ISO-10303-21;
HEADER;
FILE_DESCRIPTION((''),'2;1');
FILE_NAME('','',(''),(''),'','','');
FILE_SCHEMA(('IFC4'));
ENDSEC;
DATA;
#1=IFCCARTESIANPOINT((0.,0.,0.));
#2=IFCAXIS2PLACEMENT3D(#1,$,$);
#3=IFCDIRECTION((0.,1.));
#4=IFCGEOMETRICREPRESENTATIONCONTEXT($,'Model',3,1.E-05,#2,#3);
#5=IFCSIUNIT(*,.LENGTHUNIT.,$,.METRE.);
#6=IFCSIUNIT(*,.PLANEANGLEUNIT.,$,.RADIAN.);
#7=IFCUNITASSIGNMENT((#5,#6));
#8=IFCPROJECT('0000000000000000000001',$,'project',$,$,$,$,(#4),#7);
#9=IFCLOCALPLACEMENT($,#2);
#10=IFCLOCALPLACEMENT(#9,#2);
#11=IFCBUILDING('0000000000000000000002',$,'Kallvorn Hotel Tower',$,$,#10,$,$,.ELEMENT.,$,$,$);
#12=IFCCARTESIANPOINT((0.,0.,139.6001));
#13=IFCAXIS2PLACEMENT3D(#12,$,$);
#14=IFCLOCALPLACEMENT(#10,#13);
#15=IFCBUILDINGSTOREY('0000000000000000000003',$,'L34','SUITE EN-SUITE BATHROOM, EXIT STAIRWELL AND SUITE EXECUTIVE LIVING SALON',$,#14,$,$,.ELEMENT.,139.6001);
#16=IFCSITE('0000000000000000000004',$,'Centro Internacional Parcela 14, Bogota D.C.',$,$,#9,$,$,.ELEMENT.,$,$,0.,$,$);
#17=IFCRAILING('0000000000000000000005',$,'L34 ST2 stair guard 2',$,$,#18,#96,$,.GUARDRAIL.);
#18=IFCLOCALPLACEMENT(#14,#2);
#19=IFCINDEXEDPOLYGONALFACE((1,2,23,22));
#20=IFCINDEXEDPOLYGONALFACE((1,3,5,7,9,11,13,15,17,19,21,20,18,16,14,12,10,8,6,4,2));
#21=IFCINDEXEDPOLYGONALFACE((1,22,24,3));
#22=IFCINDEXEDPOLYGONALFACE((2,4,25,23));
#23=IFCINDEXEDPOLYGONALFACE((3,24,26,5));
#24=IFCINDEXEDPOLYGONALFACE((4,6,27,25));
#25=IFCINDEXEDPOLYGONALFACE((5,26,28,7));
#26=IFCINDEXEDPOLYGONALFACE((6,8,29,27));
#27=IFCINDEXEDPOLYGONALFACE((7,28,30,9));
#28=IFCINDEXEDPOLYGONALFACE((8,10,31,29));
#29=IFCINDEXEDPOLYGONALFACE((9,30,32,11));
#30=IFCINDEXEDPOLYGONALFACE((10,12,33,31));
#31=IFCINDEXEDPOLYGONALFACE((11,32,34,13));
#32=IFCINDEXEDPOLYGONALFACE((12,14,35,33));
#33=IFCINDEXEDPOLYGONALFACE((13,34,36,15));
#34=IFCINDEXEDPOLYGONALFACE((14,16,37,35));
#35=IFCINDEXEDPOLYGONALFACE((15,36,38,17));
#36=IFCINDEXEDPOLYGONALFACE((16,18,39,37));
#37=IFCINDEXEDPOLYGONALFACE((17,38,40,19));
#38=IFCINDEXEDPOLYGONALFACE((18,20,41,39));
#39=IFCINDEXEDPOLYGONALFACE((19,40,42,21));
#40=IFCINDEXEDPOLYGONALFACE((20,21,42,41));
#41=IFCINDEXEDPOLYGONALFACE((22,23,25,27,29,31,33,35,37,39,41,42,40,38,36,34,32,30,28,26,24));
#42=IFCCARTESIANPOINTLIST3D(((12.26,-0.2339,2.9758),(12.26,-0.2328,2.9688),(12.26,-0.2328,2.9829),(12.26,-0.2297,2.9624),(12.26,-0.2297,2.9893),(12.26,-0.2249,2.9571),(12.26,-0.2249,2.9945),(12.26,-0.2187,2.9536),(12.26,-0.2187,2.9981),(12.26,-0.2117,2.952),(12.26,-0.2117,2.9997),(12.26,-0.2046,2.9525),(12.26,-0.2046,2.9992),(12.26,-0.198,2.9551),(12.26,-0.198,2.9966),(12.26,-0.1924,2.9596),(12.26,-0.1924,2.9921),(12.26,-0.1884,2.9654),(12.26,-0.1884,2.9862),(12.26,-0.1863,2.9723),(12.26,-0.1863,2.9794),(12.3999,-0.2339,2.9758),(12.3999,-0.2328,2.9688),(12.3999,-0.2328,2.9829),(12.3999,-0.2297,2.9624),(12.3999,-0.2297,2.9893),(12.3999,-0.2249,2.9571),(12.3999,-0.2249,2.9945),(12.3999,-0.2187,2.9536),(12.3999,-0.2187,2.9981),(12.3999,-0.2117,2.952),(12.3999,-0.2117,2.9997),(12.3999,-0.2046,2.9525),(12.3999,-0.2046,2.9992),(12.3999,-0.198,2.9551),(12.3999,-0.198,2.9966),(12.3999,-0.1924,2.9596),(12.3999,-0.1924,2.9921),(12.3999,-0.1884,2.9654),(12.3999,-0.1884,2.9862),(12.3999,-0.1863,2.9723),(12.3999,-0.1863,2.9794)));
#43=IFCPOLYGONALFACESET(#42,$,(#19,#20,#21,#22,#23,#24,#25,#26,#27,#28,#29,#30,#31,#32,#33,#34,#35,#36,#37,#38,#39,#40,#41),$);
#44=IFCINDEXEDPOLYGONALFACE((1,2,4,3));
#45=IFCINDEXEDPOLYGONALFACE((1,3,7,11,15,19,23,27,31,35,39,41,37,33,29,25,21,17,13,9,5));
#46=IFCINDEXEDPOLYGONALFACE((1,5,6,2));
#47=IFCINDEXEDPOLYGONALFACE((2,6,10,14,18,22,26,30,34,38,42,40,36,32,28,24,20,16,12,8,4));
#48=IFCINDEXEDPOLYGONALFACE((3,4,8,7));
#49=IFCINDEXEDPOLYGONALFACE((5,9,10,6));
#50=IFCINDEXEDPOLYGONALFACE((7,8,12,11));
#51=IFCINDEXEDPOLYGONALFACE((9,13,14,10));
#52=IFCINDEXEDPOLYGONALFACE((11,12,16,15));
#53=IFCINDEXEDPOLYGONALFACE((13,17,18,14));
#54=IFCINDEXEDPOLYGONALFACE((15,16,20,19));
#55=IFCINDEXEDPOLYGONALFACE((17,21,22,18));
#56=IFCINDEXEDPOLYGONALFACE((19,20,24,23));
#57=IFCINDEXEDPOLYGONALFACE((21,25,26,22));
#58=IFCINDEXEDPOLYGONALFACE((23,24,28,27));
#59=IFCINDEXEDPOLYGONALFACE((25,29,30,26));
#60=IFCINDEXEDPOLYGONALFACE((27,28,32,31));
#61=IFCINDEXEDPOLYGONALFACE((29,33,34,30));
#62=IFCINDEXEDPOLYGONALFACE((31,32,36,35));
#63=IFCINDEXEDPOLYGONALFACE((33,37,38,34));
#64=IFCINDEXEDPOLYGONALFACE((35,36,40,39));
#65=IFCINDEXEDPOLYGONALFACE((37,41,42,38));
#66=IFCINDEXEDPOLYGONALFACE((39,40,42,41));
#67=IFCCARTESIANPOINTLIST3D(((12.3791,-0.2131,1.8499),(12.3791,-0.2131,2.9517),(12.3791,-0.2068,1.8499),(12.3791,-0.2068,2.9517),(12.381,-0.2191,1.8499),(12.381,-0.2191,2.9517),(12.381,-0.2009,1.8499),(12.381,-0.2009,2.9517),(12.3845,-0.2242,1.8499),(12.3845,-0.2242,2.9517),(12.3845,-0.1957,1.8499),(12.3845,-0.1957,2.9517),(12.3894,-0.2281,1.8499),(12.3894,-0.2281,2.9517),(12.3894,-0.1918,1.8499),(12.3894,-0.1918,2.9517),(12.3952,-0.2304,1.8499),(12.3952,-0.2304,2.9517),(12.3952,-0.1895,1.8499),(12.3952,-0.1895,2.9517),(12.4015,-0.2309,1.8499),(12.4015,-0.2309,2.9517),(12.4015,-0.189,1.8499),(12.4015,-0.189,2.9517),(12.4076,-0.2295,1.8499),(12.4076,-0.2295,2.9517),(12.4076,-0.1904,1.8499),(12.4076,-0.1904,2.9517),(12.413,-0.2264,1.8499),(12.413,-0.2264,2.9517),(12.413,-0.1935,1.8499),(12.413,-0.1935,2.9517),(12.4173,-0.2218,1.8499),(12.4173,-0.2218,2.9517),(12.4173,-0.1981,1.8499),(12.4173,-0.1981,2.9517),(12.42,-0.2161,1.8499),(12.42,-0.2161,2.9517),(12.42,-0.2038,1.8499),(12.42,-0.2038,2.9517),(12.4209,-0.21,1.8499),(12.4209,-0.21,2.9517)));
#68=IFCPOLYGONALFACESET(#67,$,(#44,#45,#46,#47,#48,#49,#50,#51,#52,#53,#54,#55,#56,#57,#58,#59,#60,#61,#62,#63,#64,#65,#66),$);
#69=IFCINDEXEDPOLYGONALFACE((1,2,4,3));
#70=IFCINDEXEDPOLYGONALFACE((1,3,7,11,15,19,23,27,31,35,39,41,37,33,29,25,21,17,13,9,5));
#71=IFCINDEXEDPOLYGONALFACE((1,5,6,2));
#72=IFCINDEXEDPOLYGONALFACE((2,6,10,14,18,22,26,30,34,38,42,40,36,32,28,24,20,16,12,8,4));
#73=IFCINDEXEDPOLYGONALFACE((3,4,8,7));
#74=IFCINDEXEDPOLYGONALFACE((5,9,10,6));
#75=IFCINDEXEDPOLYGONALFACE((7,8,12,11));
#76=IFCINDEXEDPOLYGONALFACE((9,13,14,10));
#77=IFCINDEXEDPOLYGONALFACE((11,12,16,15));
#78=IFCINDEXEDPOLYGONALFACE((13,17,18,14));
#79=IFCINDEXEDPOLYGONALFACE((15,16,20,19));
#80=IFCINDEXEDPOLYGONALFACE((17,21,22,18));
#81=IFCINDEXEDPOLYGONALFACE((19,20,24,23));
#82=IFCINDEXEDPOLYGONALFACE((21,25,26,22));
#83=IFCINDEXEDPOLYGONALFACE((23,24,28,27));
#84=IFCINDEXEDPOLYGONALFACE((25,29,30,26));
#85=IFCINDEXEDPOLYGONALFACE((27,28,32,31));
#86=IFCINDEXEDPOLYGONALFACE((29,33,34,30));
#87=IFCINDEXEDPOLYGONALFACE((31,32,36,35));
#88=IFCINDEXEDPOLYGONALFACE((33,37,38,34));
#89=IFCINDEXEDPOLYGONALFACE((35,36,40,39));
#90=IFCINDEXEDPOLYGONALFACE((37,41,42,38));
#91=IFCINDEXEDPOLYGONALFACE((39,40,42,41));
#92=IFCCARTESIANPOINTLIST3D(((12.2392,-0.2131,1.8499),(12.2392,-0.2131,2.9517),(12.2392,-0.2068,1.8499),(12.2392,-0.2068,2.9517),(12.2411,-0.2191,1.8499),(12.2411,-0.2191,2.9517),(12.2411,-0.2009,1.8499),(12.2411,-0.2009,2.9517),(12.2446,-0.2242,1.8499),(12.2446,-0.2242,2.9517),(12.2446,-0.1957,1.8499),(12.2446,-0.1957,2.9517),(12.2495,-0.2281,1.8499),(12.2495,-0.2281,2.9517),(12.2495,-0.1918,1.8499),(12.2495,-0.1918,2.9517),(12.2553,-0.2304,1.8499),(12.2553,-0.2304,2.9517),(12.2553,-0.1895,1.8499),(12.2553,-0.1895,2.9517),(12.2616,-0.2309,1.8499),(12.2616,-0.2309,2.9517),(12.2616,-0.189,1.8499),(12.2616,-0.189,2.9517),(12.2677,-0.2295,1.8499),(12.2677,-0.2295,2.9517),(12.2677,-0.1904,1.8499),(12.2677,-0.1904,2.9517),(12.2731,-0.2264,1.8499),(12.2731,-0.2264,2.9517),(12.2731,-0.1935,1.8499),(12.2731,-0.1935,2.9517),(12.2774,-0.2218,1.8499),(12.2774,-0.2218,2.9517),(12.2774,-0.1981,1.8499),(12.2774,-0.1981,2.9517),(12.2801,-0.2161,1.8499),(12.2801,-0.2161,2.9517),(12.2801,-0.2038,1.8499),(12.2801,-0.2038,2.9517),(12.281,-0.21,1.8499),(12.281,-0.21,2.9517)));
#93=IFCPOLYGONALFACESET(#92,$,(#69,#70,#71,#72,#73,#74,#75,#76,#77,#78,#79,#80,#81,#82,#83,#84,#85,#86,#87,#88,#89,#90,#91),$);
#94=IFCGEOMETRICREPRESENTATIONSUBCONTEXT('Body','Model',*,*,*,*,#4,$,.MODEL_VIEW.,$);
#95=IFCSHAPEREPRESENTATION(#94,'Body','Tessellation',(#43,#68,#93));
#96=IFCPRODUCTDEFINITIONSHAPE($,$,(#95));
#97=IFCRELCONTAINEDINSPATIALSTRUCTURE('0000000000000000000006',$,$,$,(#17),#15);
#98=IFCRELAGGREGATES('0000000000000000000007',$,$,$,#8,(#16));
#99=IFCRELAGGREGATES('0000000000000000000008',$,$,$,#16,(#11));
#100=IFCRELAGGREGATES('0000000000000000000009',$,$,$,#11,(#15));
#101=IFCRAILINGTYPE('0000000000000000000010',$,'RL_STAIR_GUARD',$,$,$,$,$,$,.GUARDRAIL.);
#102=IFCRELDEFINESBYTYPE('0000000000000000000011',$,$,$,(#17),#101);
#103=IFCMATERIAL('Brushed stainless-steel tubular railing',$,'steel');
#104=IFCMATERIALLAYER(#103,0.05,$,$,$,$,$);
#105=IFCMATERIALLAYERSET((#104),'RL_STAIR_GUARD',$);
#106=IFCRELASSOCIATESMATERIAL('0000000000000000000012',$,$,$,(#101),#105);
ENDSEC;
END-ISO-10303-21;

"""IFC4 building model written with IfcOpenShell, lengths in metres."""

from ifc_helpers import new_model, si_unit, direction, frame, origin, origin_2d, place, context, subcontext, project, spatial, circle, extrude, material, layer, layer_set, type_object, element, save


model = new_model("IFC4")

# Units and contexts
model_context = context("Model", 3, precision=1e-05, world=origin(), true_north=direction((0.0, 1.0)))
body_context = subcontext(model_context, "Body", "Model", "MODEL_VIEW")
ifc_project = project(units=[si_unit("LENGTHUNIT", "METRE"), si_unit("PLANEANGLEUNIT", "RADIAN")], contexts=[model_context])

# Site, building, storey
site_placement = place(None, origin())
site = spatial("IfcSite", under=ifc_project, at=site_placement, Name="Centro Internacional Parcela 14, Bogota D.C.", CompositionType="ELEMENT", RefElevation=0.0)
building_placement = place(site_placement, origin())
building = spatial("IfcBuilding", under=site, at=building_placement, Name="Kallvorn Hotel Tower", CompositionType="ELEMENT")
storey_placement = place(building_placement, frame((0.0, 0.0, 139.6001)))
storey = spatial("IfcBuildingStorey", under=building, at=storey_placement, Name="L34", Description="SUITE EN-SUITE BATHROOM, EXIT STAIRWELL AND SUITE EXECUTIVE LIVING SALON", CompositionType="ELEMENT", Elevation=139.6001)

# Railing
ifc_material_1 = material(Name="Brushed stainless-steel tubular railing", Category="steel")
ifc_layer_1 = layer(ifc_material_1, 0.05)
ifc_layer_set_1 = layer_set([ifc_layer_1], Name="RL_STAIR_GUARD")
railing_type_1 = type_object("IfcRailingType", Name="RL_STAIR_GUARD", PredefinedType="GUARDRAIL", material=ifc_layer_set_1)
railing_1_placement = place(storey_placement, frame((12.3999, -0.21, 1.8499)))
element("IfcRailing", 1, at=railing_1_placement, inside=storey, type_object=railing_type_1, Name="L34 ST2 stair guard 2", PredefinedType="GUARDRAIL", context=body_context, shape_type="SweptSolid", body=[
    extrude(circle(Radius=0.0239, at=origin_2d()), frame((0.0, 0.0, 1.126), z_axis=(-1.0, 0.0, 0.0), x_axis=(0.0, -1.0, 0.0)), (0.0, 0.0, 1.0), 0.1399),
    extrude(circle(Radius=0.021, at=origin_2d()), origin(), (0.0, 0.0, 1.0), 1.1018),
    extrude(circle(Radius=0.021, at=origin_2d()), frame((-0.1399, 0.0, 0.0)), (0.0, 0.0, 1.0), 1.1018),
])

save(model, "model.ifc")
